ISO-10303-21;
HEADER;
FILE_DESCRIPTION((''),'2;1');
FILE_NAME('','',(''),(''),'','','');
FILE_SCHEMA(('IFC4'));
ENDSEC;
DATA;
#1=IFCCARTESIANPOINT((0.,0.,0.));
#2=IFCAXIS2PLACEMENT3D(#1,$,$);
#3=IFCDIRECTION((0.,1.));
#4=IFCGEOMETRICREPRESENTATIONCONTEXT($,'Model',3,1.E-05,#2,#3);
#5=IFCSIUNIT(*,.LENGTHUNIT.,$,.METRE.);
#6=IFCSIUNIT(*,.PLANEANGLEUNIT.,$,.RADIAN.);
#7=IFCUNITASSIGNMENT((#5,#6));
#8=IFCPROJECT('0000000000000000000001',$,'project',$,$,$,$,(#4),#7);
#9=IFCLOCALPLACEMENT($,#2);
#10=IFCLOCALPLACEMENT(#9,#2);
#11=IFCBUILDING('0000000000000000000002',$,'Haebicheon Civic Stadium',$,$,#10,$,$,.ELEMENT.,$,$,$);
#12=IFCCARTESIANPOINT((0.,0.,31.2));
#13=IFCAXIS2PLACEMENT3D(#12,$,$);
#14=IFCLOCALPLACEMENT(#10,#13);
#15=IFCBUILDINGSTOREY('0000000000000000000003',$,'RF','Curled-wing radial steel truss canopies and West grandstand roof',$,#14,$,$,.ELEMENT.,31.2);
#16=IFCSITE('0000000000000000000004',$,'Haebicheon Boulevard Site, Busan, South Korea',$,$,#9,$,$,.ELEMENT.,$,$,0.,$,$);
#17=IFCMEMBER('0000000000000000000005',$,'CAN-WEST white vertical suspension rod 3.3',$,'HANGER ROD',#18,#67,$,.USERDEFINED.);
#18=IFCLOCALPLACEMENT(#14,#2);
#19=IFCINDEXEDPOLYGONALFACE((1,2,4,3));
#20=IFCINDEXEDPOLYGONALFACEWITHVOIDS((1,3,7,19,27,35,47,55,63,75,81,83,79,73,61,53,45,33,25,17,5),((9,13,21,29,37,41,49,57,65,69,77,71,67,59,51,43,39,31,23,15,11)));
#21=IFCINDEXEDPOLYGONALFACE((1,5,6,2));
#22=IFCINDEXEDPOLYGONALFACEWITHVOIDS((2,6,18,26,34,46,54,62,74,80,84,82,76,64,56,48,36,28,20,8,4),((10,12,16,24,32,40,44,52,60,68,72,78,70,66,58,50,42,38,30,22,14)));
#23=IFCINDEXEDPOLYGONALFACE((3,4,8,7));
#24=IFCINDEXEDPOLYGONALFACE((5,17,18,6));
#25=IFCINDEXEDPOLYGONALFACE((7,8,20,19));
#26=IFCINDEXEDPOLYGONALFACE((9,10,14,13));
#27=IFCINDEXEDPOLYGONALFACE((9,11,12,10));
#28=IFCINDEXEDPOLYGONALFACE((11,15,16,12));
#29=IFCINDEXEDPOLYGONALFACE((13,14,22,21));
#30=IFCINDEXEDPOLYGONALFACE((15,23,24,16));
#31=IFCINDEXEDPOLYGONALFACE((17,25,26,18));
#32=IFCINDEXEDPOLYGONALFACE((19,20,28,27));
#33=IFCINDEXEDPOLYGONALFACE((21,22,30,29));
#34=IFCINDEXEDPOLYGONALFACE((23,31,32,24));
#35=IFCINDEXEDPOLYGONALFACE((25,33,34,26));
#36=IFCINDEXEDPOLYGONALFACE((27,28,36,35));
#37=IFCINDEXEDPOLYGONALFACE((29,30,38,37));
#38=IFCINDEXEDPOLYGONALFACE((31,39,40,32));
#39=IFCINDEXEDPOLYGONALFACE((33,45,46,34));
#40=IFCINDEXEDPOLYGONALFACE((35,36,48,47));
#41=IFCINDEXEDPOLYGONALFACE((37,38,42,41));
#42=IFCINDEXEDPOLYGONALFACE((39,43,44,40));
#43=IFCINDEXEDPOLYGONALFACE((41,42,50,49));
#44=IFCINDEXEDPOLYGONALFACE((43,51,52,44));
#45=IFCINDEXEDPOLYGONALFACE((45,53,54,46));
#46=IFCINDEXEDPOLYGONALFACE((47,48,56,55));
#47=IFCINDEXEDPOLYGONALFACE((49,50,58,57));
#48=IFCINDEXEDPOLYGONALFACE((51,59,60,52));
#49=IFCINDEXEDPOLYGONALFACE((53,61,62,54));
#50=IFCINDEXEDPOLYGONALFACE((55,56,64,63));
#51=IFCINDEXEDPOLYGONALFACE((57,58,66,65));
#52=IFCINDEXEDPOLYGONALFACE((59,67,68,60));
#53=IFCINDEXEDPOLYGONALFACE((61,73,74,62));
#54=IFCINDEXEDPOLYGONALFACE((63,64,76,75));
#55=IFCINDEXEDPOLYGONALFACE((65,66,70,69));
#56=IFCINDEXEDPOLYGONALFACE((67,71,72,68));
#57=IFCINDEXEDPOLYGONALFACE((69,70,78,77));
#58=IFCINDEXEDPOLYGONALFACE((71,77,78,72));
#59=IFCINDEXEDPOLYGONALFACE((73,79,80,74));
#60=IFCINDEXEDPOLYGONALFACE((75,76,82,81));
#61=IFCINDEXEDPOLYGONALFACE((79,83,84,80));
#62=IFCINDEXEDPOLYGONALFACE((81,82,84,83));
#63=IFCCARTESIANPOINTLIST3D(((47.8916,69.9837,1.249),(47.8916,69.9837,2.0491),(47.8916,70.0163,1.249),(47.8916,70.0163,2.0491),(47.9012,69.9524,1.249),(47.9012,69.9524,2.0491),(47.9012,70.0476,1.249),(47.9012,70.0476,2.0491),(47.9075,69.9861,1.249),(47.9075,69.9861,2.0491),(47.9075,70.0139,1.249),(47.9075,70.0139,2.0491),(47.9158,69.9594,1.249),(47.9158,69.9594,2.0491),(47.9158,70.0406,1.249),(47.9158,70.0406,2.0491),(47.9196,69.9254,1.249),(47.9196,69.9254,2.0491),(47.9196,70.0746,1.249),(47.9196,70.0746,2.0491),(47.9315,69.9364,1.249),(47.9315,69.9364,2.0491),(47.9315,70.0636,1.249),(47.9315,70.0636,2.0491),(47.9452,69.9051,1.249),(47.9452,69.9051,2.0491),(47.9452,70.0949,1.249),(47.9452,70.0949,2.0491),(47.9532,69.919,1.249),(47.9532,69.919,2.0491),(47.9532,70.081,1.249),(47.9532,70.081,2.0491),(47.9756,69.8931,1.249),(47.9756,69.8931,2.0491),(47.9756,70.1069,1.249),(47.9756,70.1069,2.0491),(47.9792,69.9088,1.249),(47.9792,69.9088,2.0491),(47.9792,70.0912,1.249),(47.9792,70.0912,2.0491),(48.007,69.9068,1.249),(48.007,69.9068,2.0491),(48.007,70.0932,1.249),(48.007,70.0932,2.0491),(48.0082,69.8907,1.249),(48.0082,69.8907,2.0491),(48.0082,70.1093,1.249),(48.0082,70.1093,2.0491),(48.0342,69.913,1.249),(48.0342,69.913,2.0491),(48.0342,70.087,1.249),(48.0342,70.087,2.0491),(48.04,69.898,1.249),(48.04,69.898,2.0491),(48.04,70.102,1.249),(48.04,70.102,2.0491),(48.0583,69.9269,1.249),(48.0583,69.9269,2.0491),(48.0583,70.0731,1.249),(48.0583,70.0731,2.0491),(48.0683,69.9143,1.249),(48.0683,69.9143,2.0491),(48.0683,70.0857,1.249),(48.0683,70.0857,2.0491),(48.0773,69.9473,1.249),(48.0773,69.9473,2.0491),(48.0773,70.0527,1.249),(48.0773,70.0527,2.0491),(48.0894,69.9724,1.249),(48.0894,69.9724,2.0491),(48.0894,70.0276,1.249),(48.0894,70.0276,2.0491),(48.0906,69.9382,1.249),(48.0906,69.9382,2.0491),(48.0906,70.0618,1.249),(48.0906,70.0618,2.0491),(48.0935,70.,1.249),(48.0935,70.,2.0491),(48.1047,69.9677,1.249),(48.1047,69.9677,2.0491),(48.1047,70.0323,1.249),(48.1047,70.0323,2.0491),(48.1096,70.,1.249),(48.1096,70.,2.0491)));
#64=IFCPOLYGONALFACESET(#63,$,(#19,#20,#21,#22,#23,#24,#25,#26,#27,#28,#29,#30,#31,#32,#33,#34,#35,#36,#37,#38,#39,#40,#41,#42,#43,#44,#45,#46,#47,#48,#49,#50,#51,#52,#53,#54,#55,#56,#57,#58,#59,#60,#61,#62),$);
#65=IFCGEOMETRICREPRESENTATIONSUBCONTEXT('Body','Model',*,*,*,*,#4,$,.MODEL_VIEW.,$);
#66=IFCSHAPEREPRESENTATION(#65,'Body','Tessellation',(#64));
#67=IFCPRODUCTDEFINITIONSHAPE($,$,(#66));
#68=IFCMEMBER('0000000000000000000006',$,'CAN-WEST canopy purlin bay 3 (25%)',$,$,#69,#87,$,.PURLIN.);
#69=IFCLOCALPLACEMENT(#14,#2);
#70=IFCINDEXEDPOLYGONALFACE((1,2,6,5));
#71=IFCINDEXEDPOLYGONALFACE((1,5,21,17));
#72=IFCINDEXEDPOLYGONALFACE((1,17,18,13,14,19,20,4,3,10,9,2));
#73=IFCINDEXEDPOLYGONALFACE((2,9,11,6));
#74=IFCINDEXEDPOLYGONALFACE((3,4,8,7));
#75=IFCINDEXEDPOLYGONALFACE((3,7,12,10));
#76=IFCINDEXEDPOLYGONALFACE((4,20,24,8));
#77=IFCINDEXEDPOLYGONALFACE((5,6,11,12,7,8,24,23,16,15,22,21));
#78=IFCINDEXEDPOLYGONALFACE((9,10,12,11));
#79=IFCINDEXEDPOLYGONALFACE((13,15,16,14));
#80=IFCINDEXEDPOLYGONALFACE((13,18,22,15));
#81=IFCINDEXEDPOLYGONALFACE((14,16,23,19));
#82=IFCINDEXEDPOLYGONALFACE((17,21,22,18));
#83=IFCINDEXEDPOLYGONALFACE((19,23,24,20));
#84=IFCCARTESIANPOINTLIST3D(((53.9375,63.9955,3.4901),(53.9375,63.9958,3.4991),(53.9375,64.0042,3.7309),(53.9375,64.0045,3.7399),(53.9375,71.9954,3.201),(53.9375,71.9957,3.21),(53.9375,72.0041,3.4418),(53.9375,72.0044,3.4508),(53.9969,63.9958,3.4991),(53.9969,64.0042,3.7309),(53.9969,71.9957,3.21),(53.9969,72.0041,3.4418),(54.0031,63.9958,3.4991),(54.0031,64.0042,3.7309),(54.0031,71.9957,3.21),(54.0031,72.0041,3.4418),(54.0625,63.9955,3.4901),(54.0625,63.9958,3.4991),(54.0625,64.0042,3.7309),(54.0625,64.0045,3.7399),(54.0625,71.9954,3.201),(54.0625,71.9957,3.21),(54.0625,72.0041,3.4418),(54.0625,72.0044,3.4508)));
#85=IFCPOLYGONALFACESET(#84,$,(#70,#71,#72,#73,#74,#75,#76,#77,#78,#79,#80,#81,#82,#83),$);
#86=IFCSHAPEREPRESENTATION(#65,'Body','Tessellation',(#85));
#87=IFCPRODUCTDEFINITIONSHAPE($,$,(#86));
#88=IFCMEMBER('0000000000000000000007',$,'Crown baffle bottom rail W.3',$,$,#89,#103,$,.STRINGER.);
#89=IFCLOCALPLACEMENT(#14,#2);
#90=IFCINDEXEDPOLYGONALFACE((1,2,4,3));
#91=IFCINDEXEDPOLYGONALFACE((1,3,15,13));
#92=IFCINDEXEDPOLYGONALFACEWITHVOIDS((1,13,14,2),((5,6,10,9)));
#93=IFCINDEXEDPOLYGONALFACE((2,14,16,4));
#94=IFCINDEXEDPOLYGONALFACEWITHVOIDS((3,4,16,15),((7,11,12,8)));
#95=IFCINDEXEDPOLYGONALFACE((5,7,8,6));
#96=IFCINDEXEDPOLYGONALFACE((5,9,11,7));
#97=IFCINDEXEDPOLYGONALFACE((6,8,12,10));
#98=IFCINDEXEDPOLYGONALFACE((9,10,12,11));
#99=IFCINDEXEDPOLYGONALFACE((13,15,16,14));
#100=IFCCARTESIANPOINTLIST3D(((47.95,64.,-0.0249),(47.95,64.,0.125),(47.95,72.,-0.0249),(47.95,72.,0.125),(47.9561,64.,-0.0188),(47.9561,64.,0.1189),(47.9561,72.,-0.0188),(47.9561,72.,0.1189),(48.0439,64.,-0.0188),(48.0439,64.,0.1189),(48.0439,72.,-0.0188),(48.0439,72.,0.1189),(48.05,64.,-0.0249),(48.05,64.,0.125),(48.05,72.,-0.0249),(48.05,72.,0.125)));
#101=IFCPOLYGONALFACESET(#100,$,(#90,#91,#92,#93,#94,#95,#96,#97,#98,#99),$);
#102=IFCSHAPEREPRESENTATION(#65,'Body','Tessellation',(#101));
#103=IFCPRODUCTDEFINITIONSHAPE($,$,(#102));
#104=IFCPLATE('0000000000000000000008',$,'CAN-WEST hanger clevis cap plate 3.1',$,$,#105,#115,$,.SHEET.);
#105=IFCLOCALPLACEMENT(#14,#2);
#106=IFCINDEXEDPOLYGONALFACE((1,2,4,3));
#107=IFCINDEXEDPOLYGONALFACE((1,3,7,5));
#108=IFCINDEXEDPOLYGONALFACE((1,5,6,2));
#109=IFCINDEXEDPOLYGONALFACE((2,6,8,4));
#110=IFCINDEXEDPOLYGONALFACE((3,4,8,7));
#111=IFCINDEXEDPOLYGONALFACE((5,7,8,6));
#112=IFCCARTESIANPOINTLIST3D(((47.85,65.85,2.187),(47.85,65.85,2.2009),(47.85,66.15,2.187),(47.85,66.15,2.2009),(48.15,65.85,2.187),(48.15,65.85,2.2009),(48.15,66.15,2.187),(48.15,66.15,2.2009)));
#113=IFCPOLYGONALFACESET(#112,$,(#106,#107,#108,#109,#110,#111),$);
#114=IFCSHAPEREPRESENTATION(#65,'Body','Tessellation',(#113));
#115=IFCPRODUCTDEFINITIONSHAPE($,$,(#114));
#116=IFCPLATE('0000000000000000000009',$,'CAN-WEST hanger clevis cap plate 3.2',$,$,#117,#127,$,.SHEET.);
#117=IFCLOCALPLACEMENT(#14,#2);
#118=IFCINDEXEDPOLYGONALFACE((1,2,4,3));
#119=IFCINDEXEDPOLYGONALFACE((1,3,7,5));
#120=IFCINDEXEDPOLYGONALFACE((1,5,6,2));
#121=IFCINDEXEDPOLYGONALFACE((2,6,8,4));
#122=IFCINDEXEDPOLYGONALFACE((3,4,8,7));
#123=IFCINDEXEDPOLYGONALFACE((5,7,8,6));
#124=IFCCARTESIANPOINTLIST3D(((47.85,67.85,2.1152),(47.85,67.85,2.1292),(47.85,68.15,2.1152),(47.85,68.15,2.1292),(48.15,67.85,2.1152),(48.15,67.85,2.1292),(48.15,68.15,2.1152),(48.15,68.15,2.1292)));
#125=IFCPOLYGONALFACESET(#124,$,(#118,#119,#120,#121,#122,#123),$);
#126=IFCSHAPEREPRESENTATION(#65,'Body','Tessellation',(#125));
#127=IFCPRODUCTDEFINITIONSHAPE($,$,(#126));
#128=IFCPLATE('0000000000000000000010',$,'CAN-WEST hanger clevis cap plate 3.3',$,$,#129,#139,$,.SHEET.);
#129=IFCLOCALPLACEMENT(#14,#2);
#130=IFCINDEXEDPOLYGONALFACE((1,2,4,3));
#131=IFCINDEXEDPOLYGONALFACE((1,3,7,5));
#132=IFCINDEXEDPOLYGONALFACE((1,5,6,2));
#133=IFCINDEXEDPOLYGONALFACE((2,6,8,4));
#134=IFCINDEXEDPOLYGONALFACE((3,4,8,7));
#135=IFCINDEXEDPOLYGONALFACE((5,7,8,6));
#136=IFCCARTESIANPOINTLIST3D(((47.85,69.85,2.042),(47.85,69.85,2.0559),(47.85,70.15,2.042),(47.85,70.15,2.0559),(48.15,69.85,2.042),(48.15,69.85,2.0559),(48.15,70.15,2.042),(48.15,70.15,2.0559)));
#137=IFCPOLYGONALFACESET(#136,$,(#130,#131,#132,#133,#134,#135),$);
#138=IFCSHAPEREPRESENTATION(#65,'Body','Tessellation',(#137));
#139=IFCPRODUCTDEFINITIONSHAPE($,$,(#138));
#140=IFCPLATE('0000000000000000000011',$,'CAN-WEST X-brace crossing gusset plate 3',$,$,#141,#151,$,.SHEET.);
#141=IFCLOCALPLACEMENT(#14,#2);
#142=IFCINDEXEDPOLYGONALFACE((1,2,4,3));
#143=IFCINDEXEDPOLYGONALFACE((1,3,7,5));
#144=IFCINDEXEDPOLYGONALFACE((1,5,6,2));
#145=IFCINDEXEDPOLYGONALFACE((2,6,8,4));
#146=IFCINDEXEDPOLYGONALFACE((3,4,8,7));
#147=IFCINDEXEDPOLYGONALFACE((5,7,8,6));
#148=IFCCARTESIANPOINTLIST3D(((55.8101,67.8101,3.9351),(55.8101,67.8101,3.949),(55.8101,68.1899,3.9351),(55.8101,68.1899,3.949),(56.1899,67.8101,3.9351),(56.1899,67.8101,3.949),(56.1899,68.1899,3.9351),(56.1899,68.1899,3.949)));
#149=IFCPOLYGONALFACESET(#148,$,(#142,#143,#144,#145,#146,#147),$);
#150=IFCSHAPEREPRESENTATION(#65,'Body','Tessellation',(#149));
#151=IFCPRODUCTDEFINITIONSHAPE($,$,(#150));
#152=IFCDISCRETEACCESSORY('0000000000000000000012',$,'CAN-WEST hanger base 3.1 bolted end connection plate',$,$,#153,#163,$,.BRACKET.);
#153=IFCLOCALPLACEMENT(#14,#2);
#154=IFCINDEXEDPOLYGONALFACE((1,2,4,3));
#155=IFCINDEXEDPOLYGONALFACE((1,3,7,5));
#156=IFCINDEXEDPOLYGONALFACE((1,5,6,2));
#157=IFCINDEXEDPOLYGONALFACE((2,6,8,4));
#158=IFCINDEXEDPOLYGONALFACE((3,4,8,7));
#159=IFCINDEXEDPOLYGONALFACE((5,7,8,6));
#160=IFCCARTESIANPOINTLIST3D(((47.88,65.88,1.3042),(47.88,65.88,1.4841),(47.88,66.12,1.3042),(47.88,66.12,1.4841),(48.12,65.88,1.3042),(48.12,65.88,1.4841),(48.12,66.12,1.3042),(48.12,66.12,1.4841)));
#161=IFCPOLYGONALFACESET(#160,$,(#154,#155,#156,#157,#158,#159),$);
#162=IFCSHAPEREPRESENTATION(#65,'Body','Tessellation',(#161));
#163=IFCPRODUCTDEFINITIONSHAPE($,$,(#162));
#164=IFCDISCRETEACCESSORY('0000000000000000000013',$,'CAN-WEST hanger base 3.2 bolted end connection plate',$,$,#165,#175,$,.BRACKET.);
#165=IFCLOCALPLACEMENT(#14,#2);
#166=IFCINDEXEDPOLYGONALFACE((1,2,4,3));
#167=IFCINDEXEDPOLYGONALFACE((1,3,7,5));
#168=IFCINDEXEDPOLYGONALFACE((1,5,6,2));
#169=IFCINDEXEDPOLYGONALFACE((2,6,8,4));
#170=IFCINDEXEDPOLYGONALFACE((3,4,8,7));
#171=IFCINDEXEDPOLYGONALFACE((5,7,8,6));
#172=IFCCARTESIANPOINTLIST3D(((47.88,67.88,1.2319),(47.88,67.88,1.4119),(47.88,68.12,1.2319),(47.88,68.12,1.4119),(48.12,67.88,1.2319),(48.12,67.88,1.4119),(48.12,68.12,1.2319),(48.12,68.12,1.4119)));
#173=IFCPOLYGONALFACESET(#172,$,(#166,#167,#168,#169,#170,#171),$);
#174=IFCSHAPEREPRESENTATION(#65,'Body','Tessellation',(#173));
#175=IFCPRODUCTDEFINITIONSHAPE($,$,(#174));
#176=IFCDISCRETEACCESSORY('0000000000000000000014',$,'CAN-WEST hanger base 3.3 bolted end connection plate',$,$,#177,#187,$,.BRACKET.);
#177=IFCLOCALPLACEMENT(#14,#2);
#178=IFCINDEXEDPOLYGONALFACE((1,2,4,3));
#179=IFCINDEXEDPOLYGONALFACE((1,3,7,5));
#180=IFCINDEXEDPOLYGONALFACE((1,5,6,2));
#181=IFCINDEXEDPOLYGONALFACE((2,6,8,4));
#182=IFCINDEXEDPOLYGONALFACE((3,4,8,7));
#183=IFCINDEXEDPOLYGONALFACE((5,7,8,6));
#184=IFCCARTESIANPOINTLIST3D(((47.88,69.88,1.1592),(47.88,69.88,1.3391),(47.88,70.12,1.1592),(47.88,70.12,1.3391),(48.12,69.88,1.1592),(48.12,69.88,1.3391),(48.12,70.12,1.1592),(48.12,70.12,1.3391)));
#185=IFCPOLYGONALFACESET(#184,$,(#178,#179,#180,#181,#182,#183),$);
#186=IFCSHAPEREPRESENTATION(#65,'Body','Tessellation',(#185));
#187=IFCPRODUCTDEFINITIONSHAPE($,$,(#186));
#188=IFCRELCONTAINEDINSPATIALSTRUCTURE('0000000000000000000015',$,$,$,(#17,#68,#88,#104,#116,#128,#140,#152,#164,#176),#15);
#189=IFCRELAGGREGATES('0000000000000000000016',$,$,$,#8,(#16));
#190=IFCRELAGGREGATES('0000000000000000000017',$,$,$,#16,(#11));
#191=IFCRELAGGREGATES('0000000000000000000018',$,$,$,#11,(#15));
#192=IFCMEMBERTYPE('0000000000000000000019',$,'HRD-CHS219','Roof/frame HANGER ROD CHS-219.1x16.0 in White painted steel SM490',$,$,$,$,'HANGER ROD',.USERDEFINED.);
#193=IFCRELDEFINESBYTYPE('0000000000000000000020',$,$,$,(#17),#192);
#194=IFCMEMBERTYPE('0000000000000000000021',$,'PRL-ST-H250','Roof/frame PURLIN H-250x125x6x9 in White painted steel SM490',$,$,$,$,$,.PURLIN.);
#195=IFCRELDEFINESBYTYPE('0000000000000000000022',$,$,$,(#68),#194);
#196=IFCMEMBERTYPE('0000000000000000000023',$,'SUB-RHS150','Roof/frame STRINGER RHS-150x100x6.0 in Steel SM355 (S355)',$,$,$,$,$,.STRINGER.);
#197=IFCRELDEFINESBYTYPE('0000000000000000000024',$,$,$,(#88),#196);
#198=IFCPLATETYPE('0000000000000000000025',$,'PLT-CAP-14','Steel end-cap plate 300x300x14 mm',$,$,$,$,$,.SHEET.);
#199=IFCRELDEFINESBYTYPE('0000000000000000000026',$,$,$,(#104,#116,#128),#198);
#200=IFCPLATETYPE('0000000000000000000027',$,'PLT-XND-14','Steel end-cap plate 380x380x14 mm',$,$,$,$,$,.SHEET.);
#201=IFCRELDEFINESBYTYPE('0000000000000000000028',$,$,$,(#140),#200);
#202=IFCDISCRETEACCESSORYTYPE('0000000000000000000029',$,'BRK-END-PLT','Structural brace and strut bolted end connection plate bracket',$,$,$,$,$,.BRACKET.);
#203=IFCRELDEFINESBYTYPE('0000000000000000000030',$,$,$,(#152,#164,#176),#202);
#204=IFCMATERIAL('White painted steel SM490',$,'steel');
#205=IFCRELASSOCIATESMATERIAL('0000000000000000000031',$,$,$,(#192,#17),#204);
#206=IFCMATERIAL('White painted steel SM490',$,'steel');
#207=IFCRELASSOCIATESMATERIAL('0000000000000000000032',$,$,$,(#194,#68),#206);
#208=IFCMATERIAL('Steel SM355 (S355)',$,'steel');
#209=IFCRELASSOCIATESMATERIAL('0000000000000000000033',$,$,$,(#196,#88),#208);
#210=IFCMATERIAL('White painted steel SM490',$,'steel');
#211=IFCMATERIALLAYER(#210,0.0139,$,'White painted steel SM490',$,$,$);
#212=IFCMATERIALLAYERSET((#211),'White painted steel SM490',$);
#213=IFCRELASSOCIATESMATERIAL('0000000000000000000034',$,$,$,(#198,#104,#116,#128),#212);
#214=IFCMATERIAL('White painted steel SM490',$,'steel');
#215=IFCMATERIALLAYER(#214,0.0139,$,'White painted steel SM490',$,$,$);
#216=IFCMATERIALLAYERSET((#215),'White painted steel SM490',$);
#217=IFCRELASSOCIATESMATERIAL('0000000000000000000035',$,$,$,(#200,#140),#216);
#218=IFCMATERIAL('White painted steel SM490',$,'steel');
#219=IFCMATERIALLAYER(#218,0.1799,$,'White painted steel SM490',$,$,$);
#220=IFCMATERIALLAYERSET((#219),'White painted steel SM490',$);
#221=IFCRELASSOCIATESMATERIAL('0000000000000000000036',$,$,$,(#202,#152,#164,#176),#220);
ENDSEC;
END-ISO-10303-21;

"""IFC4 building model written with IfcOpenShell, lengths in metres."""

from ifc_helpers import new_model, si_unit, direction, frame, origin, origin_2d, place, context, subcontext, project, spatial, rectangle, hollow_rectangle, hollow_circle, i_section, extrude, material, layer, layer_set, material_profile, profile_set, type_object, element, save


model = new_model("IFC4")

# Units and contexts
model_context = context("Model", 3, precision=1e-05, world=origin(), true_north=direction((0.0, 1.0)))
body_context = subcontext(model_context, "Body", "Model", "MODEL_VIEW")
ifc_project = project(units=[si_unit("LENGTHUNIT", "METRE"), si_unit("PLANEANGLEUNIT", "RADIAN")], contexts=[model_context])

# Site, building, storey
site_placement = place(None, origin())
site = spatial("IfcSite", under=ifc_project, at=site_placement, Name="Haebicheon Boulevard Site, Busan, South Korea", CompositionType="ELEMENT", RefElevation=0.0)
building_placement = place(site_placement, origin())
building = spatial("IfcBuilding", under=site, at=building_placement, Name="Haebicheon Civic Stadium", CompositionType="ELEMENT")
storey_placement = place(building_placement, frame((0.0, 0.0, 31.2)))
storey = spatial("IfcBuildingStorey", under=building, at=storey_placement, Name="RF", Description="Curled-wing radial steel truss canopies and West grandstand roof", CompositionType="ELEMENT", Elevation=31.2)

# Members
ifc_material_1 = material(Name="White painted steel SM490", Category="steel")
ifc_material_profile_1 = material_profile(ifc_material_1, hollow_circle(Radius=0.1096, WallThickness=0.0161, at=origin_2d()), Name="CHS-219.1x16.0")
ifc_profile_set_1 = profile_set([ifc_material_profile_1], Name="White painted steel SM490")
member_type_1 = type_object("IfcMemberType", Name="HRD-CHS219", Description="Roof/frame HANGER ROD CHS-219.1x16.0 in White painted steel SM490", ElementType="HANGER ROD", PredefinedType="USERDEFINED", material=ifc_profile_set_1)
for number, where, z_axis, x_axis, name in (
    (1, (48.0, 70.0, 1.249), (0.0, 0.0, 1.0), (1.0, 0.0, 0.0), "CAN-WEST white vertical suspension rod 3.3"),
):
    element("IfcMember", number, at=place(storey_placement, frame(where, z_axis=z_axis, x_axis=x_axis)), inside=storey, type_object=member_type_1, material=ifc_profile_set_1, Name=name, ObjectType="HANGER ROD", PredefinedType="USERDEFINED", context=body_context, shape_type="SweptSolid", body=[
        extrude(hollow_circle(Radius=0.1096, WallThickness=0.0161, at=origin_2d()), origin(), (0.0, 0.0, 1.0), 0.8),
    ])
ifc_material_2 = material(Name="White painted steel SM490", Category="steel")
ifc_material_profile_2 = material_profile(ifc_material_2, i_section(OverallWidth=0.125, OverallDepth=0.25, WebThickness=0.0061, FlangeThickness=0.009, at=origin_2d()), Name="H-250x125x6x9")
ifc_profile_set_2 = profile_set([ifc_material_profile_2], Name="White painted steel SM490")
member_type_2 = type_object("IfcMemberType", Name="PRL-ST-H250", Description="Roof/frame PURLIN H-250x125x6x9 in White painted steel SM490", PredefinedType="PURLIN", material=ifc_profile_set_2)
member_1_placement = place(storey_placement, frame((54.0, 64.0, 3.615), z_axis=(0.0, 0.999348, -0.036109), x_axis=(-1.0, 0.0, 0.0)))
element("IfcMember", 2, at=member_1_placement, inside=storey, type_object=member_type_2, material=ifc_profile_set_2, Name="CAN-WEST canopy purlin bay 3 (25%)", PredefinedType="PURLIN", context=body_context, shape_type="SweptSolid", body=[
    extrude(i_section(OverallWidth=0.125, OverallDepth=0.25, WebThickness=0.0061, FlangeThickness=0.009, at=origin_2d()), origin(), (0.0, 0.0, 1.0), 8.0051),
])
ifc_material_3 = material(Name="Steel SM355 (S355)", Category="steel")
ifc_material_profile_3 = material_profile(ifc_material_3, hollow_rectangle(XDim=0.1001, YDim=0.1499, WallThickness=0.0061, at=origin_2d()), Name="RHS-150x100x6.0")
ifc_profile_set_3 = profile_set([ifc_material_profile_3], Name="Steel SM355 (S355)")
member_type_3 = type_object("IfcMemberType", Name="SUB-RHS150", Description="Roof/frame STRINGER RHS-150x100x6.0 in Steel SM355 (S355)", PredefinedType="STRINGER", material=ifc_profile_set_3)
member_2_placement = place(storey_placement, frame((48.0, 64.0, 0.05), z_axis=(0.0, 1.0, 0.0), x_axis=(-1.0, 0.0, 0.0)))
element("IfcMember", 3, at=member_2_placement, inside=storey, type_object=member_type_3, material=ifc_profile_set_3, Name="Crown baffle bottom rail W.3", PredefinedType="STRINGER", context=body_context, shape_type="SweptSolid", body=[
    extrude(hollow_rectangle(XDim=0.1001, YDim=0.1499, WallThickness=0.0061, at=origin_2d()), origin(), (0.0, 0.0, 1.0), 8.0),
])

# Plates
ifc_material_4 = material(Name="White painted steel SM490", Category="steel")
ifc_layer_1 = layer(ifc_material_4, 0.0139, Name="White painted steel SM490")
ifc_layer_set_1 = layer_set([ifc_layer_1], Name="White painted steel SM490")
plate_type_1 = type_object("IfcPlateType", Name="PLT-CAP-14", Description="Steel end-cap plate 300x300x14 mm", PredefinedType="SHEET", material=ifc_layer_set_1)
for number, where, z_axis, x_axis, name in (
    (4, (48.0, 66.0, 2.187), (0.0, 0.0, 1.0), (1.0, 0.0, 0.0), "CAN-WEST hanger clevis cap plate 3.1"),
    (5, (48.0, 68.0, 2.1152), (0.0, 0.0, 1.0), (1.0, 0.0, 0.0), "CAN-WEST hanger clevis cap plate 3.2"),
    (6, (48.0, 70.0, 2.042), (0.0, 0.0, 1.0), (1.0, 0.0, 0.0), "CAN-WEST hanger clevis cap plate 3.3"),
):
    element("IfcPlate", number, at=place(storey_placement, frame(where, z_axis=z_axis, x_axis=x_axis)), inside=storey, type_object=plate_type_1, material=ifc_layer_set_1, Name=name, PredefinedType="SHEET", context=body_context, shape_type="SweptSolid", body=[
        extrude(rectangle(XDim=0.3, YDim=0.3, at=origin_2d()), origin(), (0.0, 0.0, 1.0), 0.0139),
    ])
ifc_material_5 = material(Name="White painted steel SM490", Category="steel")
ifc_layer_2 = layer(ifc_material_5, 0.0139, Name="White painted steel SM490")
ifc_layer_set_2 = layer_set([ifc_layer_2], Name="White painted steel SM490")
plate_type_2 = type_object("IfcPlateType", Name="PLT-XND-14", Description="Steel end-cap plate 380x380x14 mm", PredefinedType="SHEET", material=ifc_layer_set_2)
plate_placement = place(storey_placement, frame((56.0, 68.0, 3.9351), z_axis=(0.0, 0.0, 1.0), x_axis=(1.0, 0.0, 0.0)))
element("IfcPlate", 7, at=plate_placement, inside=storey, type_object=plate_type_2, material=ifc_layer_set_2, Name="CAN-WEST X-brace crossing gusset plate 3", PredefinedType="SHEET", context=body_context, shape_type="SweptSolid", body=[
    extrude(rectangle(XDim=0.3799, YDim=0.3799, at=origin_2d()), origin(), (0.0, 0.0, 1.0), 0.0139),
])

# Discrete accessories
ifc_material_6 = material(Name="White painted steel SM490", Category="steel")
ifc_layer_3 = layer(ifc_material_6, 0.1799, Name="White painted steel SM490")
ifc_layer_set_3 = layer_set([ifc_layer_3], Name="White painted steel SM490")
discrete_accessory_type = type_object("IfcDiscreteAccessoryType", Name="BRK-END-PLT", Description="Structural brace and strut bolted end connection plate bracket", PredefinedType="BRACKET", material=ifc_layer_set_3)
for number, where, z_axis, x_axis, name in (
    (8, (48.0, 66.0, 1.3042), (0.0, 0.0, 1.0), (1.0, 0.0, 0.0), "CAN-WEST hanger base 3.1 bolted end connection plate"),
    (9, (48.0, 68.0, 1.2319), (0.0, 0.0, 1.0), (1.0, 0.0, 0.0), "CAN-WEST hanger base 3.2 bolted end connection plate"),
    (10, (48.0, 70.0, 1.1592), (0.0, 0.0, 1.0), (1.0, 0.0, 0.0), "CAN-WEST hanger base 3.3 bolted end connection plate"),
):
    element("IfcDiscreteAccessory", number, at=place(storey_placement, frame(where, z_axis=z_axis, x_axis=x_axis)), inside=storey, type_object=discrete_accessory_type, material=ifc_layer_set_3, Name=name, PredefinedType="BRACKET", context=body_context, shape_type="SweptSolid", body=[
        extrude(rectangle(XDim=0.24, YDim=0.24, at=origin_2d()), origin(), (0.0, 0.0, 1.0), 0.1799),
    ])

save(model, "model.ifc")
